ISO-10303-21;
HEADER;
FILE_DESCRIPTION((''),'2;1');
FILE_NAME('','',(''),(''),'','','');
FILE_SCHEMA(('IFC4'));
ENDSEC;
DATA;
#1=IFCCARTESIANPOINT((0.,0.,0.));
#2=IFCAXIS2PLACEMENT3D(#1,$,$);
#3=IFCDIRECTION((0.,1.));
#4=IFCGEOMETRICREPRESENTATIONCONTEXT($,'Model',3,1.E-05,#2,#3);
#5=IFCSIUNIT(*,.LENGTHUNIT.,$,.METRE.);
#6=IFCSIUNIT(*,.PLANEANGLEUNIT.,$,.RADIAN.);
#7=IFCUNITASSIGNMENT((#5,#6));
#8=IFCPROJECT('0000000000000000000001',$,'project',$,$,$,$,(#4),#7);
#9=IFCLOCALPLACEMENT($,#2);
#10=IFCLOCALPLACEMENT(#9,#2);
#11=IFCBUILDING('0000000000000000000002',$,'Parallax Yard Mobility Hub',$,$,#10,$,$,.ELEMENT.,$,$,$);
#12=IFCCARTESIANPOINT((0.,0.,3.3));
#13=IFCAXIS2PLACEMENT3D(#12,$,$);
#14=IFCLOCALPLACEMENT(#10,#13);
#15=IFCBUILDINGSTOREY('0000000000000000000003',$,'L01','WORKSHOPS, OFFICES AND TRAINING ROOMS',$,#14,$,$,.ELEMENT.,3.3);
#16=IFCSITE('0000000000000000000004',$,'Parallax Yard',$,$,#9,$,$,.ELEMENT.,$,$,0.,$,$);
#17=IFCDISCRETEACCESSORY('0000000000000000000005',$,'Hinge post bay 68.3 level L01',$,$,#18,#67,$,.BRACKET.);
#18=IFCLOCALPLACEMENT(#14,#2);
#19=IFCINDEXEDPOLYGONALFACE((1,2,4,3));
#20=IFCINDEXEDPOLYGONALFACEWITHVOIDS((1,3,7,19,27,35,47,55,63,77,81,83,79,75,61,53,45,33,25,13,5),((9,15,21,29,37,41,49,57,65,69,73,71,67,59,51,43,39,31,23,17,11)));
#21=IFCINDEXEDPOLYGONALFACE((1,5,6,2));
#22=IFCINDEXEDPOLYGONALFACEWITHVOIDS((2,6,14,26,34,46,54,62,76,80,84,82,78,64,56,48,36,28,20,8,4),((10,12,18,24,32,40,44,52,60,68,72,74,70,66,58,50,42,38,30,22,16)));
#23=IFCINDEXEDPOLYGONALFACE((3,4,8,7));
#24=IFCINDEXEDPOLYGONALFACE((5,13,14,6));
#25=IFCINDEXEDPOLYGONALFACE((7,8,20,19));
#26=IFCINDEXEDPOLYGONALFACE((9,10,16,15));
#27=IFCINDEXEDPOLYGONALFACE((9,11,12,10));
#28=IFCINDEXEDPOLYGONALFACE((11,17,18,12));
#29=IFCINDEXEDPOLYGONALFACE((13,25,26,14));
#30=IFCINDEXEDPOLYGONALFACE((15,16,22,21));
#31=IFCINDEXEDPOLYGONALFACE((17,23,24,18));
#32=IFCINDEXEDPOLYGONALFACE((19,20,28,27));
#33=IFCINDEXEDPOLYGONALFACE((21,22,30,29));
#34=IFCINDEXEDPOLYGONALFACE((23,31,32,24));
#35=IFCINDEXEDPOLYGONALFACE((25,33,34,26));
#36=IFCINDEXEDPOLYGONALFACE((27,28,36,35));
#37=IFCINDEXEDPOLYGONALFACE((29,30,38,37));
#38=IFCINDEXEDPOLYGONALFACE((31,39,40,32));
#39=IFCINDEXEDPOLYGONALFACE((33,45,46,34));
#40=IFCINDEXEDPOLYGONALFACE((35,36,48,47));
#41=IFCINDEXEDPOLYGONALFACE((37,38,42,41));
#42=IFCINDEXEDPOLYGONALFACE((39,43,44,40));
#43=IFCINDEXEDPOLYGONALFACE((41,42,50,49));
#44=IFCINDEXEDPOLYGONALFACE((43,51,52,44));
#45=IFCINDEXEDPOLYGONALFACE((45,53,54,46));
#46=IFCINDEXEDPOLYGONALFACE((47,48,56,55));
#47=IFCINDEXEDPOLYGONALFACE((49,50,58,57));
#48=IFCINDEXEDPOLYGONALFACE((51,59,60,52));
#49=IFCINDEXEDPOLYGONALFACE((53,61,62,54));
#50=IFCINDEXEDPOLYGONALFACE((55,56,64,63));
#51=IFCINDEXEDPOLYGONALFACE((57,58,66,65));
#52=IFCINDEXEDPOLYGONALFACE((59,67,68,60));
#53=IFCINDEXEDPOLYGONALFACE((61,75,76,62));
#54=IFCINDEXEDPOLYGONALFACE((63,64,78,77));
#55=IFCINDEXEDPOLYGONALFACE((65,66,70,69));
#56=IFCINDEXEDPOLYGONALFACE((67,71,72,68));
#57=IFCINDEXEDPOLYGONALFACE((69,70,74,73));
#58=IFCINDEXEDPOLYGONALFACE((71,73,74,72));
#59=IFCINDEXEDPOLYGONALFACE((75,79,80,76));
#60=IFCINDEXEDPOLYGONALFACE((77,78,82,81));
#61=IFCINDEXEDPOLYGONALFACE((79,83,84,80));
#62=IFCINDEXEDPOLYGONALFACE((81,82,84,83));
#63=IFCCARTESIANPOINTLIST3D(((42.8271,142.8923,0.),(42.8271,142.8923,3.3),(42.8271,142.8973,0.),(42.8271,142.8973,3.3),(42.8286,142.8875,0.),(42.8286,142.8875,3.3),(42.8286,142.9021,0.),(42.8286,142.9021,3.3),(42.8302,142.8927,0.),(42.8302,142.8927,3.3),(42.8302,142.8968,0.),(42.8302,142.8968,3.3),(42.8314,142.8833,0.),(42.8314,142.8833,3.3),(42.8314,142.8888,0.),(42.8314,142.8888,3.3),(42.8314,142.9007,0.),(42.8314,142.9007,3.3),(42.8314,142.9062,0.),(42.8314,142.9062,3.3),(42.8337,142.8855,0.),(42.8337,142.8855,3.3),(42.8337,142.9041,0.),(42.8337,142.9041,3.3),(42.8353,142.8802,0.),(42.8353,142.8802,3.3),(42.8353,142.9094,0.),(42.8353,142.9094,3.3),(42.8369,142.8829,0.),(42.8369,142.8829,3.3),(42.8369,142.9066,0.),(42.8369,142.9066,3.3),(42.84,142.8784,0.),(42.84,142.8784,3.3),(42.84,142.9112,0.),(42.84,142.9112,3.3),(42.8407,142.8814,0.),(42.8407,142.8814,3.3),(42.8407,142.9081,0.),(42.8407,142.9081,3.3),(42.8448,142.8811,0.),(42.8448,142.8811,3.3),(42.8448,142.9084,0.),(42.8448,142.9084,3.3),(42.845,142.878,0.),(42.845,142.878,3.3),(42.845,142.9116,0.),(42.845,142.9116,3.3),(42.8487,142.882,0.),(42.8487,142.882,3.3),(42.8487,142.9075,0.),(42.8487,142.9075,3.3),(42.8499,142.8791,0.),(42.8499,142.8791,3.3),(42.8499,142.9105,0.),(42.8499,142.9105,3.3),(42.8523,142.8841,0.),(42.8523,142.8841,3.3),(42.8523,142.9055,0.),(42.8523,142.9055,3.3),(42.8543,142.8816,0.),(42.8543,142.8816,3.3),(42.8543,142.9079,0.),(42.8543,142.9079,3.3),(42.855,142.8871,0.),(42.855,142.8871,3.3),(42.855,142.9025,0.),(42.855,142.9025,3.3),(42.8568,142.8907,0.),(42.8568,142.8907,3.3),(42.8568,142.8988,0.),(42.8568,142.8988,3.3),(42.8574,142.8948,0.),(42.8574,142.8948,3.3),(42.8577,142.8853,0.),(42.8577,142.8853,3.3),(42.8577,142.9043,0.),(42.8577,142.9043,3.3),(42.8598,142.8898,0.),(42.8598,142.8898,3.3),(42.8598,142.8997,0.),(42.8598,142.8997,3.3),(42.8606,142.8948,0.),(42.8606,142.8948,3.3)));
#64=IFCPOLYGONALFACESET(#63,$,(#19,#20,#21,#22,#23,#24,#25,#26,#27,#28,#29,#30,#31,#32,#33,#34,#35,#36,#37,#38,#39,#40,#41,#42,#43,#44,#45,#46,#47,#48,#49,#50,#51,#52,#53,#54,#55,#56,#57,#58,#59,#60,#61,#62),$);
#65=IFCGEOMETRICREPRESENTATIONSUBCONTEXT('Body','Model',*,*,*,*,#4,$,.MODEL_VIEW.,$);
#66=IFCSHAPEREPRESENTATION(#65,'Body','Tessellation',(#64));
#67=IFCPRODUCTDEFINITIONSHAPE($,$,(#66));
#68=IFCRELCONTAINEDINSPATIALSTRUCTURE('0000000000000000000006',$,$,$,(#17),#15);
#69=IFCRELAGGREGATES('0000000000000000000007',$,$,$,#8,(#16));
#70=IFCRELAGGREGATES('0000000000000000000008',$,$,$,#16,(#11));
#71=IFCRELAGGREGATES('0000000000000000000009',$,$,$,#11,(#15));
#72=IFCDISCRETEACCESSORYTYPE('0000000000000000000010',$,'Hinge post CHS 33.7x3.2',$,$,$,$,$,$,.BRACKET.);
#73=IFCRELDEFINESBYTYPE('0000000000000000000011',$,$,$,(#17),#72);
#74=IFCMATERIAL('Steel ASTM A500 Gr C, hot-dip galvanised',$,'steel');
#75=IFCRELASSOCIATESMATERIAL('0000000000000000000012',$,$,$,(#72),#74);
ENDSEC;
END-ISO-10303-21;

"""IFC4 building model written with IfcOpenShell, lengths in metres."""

from ifc_helpers import new_model, si_unit, direction, frame, origin, origin_2d, place, context, subcontext, project, spatial, hollow_circle, extrude, material, material_profile, profile_set, type_object, element, save


model = new_model("IFC4")

# Units and contexts
model_context = context("Model", 3, precision=1e-05, world=origin(), true_north=direction((0.0, 1.0)))
body_context = subcontext(model_context, "Body", "Model", "MODEL_VIEW")
ifc_project = project(units=[si_unit("LENGTHUNIT", "METRE"), si_unit("PLANEANGLEUNIT", "RADIAN")], contexts=[model_context])

# Site, building, storey
site_placement = place(None, origin())
site = spatial("IfcSite", under=ifc_project, at=site_placement, Name="Parallax Yard", CompositionType="ELEMENT", RefElevation=0.0)
building_placement = place(site_placement, origin())
building = spatial("IfcBuilding", under=site, at=building_placement, Name="Parallax Yard Mobility Hub", CompositionType="ELEMENT")
storey_placement = place(building_placement, frame((0.0, 0.0, 3.3)))
storey = spatial("IfcBuildingStorey", under=building, at=storey_placement, Name="L01", Description="WORKSHOPS, OFFICES AND TRAINING ROOMS", CompositionType="ELEMENT", Elevation=3.3)

# Discrete accessory
ifc_material_1 = material(Name="Steel ASTM A500 Gr C, hot-dip galvanised", Category="steel")
ifc_material_profile = material_profile(ifc_material_1, hollow_circle(Radius=0.0168, WallThickness=0.0032, at=origin_2d()), Name="CHS 33.7x3.2")
ifc_profile_set = profile_set([ifc_material_profile], Name="Steel ASTM A500 Gr C, hot-dip galvanised")
discrete_accessory_type_1 = type_object("IfcDiscreteAccessoryType", Name="Hinge post CHS 33.7x3.2", PredefinedType="BRACKET", material=ifc_profile_set)
for number, where, z_axis, x_axis, name in (
    (1, (42.8438, 142.8948, 0.0), (0.0, 0.0, 1.0), (1.0, 0.0, 0.0), "Hinge post bay 68.3 level L01"),
):
    element("IfcDiscreteAccessory", number, at=place(storey_placement, frame(where, z_axis=z_axis, x_axis=x_axis)), inside=storey, type_object=discrete_accessory_type_1, Name=name, PredefinedType="BRACKET", context=body_context, shape_type="SweptSolid", body=[
        extrude(hollow_circle(Radius=0.0168, WallThickness=0.0032, at=origin_2d()), origin(), (0.0, 0.0, 1.0), 3.3),
    ])

save(model, "model.ifc")
